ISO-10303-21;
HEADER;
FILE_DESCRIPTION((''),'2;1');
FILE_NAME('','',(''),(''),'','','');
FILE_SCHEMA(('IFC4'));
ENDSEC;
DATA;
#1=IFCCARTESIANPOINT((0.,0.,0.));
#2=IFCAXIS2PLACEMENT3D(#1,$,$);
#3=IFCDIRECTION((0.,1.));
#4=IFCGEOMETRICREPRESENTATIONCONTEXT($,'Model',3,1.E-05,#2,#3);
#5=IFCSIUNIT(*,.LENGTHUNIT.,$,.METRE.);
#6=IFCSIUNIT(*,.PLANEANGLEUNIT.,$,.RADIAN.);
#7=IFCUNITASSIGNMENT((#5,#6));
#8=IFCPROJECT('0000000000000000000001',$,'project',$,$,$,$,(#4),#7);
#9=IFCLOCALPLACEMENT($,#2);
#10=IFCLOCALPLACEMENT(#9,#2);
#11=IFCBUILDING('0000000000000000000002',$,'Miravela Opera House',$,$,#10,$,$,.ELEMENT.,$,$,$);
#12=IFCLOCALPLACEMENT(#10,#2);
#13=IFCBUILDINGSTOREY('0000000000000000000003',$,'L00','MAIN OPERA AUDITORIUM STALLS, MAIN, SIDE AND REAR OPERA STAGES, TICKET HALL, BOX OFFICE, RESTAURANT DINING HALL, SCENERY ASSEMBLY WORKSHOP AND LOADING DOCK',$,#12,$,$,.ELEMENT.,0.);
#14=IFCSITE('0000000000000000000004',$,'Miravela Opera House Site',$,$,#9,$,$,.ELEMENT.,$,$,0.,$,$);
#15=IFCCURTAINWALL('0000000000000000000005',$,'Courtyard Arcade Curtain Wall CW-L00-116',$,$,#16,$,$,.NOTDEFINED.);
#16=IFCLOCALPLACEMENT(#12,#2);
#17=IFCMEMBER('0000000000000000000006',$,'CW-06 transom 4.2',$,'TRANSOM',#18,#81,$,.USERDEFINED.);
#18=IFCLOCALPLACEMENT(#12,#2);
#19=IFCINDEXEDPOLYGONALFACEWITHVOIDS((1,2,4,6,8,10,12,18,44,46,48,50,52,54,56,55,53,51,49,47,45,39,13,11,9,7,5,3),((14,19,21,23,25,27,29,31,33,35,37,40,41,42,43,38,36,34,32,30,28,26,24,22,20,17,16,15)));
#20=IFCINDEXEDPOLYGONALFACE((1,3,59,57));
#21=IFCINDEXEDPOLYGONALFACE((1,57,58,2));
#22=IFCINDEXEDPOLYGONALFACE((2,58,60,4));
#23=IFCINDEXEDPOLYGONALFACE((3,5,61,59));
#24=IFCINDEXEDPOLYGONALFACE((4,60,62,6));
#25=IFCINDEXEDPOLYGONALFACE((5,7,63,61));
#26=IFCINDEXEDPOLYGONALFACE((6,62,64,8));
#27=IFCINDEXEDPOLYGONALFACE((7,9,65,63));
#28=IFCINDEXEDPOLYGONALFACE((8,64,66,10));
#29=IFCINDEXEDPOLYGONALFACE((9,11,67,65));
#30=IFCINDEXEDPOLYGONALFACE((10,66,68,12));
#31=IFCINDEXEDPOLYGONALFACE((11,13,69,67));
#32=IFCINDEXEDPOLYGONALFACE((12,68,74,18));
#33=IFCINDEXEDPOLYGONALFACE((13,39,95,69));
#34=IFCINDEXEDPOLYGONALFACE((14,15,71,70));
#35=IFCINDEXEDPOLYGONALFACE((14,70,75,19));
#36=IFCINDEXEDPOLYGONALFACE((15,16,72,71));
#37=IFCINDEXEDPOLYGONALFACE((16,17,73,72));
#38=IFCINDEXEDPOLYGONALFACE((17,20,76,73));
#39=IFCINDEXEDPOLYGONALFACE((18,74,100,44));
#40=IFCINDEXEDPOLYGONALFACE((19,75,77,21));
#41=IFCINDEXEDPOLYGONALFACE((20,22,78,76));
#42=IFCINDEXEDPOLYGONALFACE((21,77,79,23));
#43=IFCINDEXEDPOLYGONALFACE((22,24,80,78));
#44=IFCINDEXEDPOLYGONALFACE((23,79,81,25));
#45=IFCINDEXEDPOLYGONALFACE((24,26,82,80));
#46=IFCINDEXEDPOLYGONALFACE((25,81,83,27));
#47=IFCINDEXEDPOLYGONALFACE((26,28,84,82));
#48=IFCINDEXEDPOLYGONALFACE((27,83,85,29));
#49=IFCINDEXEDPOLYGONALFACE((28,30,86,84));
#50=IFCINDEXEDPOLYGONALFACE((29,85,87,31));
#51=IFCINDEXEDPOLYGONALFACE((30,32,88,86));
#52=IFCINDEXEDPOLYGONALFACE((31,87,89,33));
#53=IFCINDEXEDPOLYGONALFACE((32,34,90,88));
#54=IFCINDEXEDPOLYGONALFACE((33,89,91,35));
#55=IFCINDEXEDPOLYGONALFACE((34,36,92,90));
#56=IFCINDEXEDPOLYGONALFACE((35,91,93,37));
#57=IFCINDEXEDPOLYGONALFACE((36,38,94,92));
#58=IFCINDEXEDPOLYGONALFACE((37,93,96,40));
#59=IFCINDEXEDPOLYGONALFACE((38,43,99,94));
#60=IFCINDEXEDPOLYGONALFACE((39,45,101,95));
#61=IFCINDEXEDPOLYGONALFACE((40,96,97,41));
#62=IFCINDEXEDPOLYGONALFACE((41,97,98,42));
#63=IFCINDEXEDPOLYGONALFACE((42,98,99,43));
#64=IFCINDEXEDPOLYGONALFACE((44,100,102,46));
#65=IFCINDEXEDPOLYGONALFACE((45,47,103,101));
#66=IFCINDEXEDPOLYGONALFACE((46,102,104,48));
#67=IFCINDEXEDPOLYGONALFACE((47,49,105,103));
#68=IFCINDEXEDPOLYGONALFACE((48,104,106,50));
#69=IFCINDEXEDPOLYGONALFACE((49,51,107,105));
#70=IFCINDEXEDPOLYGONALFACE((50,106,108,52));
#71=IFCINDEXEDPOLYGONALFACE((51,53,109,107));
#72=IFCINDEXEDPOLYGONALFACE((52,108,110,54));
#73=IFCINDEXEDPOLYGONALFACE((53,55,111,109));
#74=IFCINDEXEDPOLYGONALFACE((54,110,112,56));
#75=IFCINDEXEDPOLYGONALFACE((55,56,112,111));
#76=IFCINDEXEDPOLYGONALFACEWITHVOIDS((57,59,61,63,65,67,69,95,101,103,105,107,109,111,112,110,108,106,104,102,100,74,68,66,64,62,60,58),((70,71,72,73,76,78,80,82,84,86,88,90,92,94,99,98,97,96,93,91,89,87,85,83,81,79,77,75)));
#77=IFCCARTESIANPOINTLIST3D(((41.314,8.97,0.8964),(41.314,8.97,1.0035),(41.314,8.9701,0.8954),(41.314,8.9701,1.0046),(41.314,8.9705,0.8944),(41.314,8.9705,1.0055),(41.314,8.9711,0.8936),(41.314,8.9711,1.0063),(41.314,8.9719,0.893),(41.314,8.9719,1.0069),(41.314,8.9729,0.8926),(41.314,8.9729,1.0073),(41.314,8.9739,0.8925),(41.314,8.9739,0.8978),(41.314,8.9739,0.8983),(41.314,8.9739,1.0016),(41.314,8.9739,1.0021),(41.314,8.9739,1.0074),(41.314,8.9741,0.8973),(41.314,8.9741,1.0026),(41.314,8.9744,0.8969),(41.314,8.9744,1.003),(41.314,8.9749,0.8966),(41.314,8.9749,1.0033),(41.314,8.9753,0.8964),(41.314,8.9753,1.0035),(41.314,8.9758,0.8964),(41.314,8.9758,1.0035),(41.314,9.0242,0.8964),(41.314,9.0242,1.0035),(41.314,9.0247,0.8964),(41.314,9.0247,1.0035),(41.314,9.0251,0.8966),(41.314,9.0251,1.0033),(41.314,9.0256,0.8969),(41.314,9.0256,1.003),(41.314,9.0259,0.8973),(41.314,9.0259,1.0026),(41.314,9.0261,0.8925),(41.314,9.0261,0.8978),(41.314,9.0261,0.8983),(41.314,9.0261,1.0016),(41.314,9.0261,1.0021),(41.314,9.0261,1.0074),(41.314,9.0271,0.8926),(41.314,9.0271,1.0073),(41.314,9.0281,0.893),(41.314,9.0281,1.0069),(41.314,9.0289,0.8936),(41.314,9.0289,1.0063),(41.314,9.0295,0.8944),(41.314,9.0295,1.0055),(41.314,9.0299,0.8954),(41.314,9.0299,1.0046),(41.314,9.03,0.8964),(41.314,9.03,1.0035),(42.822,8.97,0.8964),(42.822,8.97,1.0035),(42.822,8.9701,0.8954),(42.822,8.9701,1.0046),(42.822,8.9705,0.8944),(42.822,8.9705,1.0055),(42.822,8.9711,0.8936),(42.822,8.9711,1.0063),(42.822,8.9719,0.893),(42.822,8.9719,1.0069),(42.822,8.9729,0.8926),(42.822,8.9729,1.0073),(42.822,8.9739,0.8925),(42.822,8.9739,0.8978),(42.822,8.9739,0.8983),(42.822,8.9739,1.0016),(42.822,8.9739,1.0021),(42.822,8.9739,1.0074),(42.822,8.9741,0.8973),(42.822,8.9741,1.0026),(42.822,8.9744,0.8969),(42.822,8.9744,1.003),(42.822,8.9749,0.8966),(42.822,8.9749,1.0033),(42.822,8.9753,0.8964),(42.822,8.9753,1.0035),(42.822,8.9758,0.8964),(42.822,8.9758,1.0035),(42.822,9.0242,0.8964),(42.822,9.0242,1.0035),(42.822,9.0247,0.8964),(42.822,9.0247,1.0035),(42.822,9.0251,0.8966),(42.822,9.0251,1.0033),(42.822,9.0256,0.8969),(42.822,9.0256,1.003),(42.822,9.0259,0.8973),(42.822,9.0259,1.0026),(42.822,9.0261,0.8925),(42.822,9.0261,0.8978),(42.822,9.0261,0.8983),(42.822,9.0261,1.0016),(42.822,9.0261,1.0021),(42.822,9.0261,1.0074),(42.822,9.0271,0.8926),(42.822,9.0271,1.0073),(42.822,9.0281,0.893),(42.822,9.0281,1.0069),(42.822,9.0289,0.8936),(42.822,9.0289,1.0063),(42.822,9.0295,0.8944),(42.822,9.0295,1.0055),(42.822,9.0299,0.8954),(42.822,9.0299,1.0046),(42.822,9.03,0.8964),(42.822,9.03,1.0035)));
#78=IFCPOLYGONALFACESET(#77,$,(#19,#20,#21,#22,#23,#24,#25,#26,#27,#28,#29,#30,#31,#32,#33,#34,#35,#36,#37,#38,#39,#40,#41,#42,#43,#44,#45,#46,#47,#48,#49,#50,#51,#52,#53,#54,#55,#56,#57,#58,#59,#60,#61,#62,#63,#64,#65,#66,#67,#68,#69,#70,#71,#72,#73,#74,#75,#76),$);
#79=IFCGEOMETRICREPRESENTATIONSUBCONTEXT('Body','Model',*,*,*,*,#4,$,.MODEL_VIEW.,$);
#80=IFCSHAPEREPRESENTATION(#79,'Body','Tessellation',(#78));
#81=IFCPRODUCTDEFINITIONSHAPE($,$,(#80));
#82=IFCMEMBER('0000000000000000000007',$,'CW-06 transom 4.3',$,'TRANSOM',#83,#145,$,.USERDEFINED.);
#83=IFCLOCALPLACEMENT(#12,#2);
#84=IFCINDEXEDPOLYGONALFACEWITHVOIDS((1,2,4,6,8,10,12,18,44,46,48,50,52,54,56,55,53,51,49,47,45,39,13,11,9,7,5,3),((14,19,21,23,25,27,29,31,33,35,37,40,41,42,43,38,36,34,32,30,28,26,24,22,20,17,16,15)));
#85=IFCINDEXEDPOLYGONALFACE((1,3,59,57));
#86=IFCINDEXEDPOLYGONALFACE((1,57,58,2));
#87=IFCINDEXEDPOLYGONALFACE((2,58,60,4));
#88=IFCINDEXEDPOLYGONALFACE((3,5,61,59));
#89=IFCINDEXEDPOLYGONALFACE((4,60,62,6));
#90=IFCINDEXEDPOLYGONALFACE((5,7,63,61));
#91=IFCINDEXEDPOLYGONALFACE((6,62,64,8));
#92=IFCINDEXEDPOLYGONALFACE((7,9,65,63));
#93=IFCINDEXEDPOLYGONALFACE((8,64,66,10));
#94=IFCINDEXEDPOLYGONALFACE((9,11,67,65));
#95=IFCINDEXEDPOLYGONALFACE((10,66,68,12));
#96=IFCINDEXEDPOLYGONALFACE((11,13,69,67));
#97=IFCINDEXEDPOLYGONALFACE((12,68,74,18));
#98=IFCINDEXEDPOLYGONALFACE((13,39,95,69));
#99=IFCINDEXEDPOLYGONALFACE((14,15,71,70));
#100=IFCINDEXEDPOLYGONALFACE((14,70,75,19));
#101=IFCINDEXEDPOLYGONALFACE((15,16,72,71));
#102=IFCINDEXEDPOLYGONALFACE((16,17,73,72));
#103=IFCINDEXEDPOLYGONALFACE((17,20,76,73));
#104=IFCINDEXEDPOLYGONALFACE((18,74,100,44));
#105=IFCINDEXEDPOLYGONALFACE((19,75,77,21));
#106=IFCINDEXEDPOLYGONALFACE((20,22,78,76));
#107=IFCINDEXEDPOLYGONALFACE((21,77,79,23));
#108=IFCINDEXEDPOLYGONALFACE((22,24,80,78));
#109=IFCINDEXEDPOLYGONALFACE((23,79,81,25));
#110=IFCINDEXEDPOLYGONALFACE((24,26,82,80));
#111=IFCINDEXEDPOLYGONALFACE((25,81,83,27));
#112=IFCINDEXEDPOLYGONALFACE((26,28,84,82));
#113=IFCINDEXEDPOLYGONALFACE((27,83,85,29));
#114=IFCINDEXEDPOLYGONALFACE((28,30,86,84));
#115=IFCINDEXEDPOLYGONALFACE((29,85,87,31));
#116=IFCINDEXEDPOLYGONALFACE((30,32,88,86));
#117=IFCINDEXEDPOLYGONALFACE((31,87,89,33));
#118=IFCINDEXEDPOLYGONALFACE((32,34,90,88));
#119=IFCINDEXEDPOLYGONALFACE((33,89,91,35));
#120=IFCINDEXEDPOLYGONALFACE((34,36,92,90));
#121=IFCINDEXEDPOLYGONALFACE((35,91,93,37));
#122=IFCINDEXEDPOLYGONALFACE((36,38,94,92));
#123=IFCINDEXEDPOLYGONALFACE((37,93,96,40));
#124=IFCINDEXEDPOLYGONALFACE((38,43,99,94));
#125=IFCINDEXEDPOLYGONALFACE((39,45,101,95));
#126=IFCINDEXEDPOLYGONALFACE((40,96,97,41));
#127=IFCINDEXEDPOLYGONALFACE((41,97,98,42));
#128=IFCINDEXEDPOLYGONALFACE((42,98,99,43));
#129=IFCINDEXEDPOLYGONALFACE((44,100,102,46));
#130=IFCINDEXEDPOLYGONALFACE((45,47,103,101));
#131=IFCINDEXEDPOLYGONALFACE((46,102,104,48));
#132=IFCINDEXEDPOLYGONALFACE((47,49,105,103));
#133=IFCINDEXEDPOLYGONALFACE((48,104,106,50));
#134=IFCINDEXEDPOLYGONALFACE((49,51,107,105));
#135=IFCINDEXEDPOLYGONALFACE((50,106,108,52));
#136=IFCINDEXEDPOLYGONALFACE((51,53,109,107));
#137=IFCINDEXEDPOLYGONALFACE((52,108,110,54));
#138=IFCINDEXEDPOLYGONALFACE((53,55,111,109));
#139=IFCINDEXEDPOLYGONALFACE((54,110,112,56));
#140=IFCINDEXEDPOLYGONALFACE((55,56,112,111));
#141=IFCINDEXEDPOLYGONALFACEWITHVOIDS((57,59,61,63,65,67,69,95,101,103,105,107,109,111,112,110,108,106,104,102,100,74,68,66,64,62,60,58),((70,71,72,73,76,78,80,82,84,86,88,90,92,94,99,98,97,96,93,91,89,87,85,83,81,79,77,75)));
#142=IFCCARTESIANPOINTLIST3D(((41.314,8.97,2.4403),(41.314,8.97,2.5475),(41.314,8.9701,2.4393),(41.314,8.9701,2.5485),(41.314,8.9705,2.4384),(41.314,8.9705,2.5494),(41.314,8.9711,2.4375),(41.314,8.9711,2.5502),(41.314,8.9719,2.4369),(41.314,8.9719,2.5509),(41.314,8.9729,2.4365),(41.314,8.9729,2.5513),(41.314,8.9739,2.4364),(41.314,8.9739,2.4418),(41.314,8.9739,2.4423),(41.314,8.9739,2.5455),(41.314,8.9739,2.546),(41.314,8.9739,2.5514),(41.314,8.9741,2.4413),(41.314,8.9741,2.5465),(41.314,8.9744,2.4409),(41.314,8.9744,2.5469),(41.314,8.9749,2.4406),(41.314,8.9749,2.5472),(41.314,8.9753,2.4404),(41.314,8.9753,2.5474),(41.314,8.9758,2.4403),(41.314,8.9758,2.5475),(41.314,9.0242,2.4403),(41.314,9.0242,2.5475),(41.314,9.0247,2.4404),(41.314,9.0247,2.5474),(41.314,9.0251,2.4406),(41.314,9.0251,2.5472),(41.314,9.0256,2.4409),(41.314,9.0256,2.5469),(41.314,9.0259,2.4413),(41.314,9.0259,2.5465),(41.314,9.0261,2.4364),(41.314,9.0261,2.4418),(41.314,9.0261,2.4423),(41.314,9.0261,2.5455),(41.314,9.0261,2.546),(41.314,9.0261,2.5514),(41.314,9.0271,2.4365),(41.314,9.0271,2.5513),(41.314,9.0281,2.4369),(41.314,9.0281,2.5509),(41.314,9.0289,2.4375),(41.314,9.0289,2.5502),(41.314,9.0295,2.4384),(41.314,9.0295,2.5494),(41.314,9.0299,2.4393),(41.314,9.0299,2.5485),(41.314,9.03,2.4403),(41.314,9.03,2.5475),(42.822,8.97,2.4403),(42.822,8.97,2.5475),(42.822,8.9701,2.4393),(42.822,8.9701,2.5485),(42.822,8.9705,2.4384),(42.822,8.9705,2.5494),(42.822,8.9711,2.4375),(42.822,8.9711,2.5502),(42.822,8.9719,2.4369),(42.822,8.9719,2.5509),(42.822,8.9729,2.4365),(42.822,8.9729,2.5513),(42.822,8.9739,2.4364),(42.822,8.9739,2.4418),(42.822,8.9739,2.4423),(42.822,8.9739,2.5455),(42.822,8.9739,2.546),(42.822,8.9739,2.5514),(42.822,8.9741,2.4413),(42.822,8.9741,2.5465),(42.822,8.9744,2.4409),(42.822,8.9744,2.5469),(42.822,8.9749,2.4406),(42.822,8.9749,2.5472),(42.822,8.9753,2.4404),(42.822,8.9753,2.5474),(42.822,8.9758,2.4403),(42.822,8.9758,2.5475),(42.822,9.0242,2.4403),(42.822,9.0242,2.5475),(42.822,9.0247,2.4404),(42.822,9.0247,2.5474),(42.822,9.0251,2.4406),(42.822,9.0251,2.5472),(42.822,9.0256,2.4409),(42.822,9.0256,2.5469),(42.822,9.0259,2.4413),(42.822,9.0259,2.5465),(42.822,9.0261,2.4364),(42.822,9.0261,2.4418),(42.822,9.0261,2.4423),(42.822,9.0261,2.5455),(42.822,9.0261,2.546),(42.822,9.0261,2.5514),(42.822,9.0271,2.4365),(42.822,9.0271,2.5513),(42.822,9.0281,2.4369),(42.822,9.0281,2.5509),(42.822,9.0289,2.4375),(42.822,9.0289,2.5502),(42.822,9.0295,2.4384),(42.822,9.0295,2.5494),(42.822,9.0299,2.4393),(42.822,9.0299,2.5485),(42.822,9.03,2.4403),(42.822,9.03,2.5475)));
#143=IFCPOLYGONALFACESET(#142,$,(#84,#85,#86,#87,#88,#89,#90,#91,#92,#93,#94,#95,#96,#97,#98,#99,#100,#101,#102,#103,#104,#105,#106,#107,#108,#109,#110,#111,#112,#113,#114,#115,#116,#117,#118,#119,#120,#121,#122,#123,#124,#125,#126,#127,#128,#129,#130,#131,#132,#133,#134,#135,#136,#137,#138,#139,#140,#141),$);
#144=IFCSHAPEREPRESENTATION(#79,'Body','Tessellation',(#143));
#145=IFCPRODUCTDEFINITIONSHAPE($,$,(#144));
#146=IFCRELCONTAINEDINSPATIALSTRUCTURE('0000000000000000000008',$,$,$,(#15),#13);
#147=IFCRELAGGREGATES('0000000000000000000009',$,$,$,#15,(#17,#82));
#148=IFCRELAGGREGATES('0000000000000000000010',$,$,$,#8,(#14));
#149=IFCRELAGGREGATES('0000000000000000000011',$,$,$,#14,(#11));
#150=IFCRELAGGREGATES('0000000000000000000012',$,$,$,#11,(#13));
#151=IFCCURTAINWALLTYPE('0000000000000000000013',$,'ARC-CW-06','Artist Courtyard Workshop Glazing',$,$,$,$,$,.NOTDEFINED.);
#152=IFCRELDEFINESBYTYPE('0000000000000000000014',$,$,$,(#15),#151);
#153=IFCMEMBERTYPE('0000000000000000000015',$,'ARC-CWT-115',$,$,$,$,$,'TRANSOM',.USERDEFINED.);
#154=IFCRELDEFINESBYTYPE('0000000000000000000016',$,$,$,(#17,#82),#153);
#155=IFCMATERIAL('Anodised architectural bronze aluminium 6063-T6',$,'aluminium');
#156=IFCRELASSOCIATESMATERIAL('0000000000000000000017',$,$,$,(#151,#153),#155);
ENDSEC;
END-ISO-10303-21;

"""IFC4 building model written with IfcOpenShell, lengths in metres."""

from ifc_helpers import new_model, si_unit, direction, frame, origin, origin_2d, place, context, subcontext, project, spatial, hollow_rectangle, extrude, material, material_profile, profile_set, type_object, element, aggregate, save


model = new_model("IFC4")

# Units and contexts
model_context = context("Model", 3, precision=1e-05, world=origin(), true_north=direction((0.0, 1.0)))
body_context = subcontext(model_context, "Body", "Model", "MODEL_VIEW")
ifc_project = project(units=[si_unit("LENGTHUNIT", "METRE"), si_unit("PLANEANGLEUNIT", "RADIAN")], contexts=[model_context])

# Site, building, storey
site_placement = place(None, origin())
site = spatial("IfcSite", under=ifc_project, at=site_placement, Name="Miravela Opera House Site", CompositionType="ELEMENT", RefElevation=0.0)
building_placement = place(site_placement, origin())
building = spatial("IfcBuilding", under=site, at=building_placement, Name="Miravela Opera House", CompositionType="ELEMENT")
storey_placement = place(building_placement, origin())
storey = spatial("IfcBuildingStorey", under=building, at=storey_placement, Name="L00", Description="MAIN OPERA AUDITORIUM STALLS, MAIN, SIDE AND REAR OPERA STAGES, TICKET HALL, BOX OFFICE, RESTAURANT DINING HALL, SCENERY ASSEMBLY WORKSHOP AND LOADING DOCK", CompositionType="ELEMENT", Elevation=0.0)

# Curtain wall, members
ifc_material_1 = material(Name="Anodised architectural bronze aluminium 6063-T6", Category="aluminium")
curtain_wall_type = type_object("IfcCurtainWallType", Name="ARC-CW-06", Description="Artist Courtyard Workshop Glazing", PredefinedType="NOTDEFINED", material=ifc_material_1)
curtain_wall_placement = place(storey_placement, origin())
curtain_wall = element("IfcCurtainWall", 1, at=curtain_wall_placement, inside=storey, type_object=curtain_wall_type, Name="Courtyard Arcade Curtain Wall CW-L00-116", PredefinedType="NOTDEFINED")
ifc_material_profile_1 = material_profile(ifc_material_1, hollow_rectangle(XDim=0.0601, YDim=0.115, WallThickness=0.0039, InnerFilletRadius=0.002, OuterFilletRadius=0.0039, at=origin_2d()), Name="CWT-60X115")
ifc_profile_set_1 = profile_set([ifc_material_profile_1])
member_type_1 = type_object("IfcMemberType", Name="ARC-CWT-115", ElementType="TRANSOM", PredefinedType="USERDEFINED", material=ifc_profile_set_1)
member_1_placement = place(storey_placement, frame((41.314, 9.0, 0.95), z_axis=(1.0, 0.0, 0.0), x_axis=(0.0, 1.0, 0.0)))
member_1 = element("IfcMember", 2, at=member_1_placement, type_object=member_type_1, Name="CW-06 transom 4.2", ObjectType="TRANSOM", PredefinedType="USERDEFINED", context=body_context, shape_type="SweptSolid", body=[
    extrude(hollow_rectangle(XDim=0.0601, YDim=0.115, WallThickness=0.0039, InnerFilletRadius=0.002, OuterFilletRadius=0.0039, at=origin_2d()), origin(), (0.0, 0.0, 1.0), 1.5081),
])
member_2_placement = place(storey_placement, frame((41.314, 9.0, 2.4939), z_axis=(1.0, 0.0, 0.0), x_axis=(0.0, 1.0, 0.0)))
member_2 = element("IfcMember", 3, at=member_2_placement, type_object=member_type_1, Name="CW-06 transom 4.3", ObjectType="TRANSOM", PredefinedType="USERDEFINED", context=body_context, shape_type="SweptSolid", body=[
    extrude(hollow_rectangle(XDim=0.0601, YDim=0.115, WallThickness=0.0039, InnerFilletRadius=0.002, OuterFilletRadius=0.0039, at=origin_2d()), origin(), (0.0, 0.0, 1.0), 1.5081),
])

aggregate(curtain_wall, [member_1, member_2])

save(model, "model.ifc")
